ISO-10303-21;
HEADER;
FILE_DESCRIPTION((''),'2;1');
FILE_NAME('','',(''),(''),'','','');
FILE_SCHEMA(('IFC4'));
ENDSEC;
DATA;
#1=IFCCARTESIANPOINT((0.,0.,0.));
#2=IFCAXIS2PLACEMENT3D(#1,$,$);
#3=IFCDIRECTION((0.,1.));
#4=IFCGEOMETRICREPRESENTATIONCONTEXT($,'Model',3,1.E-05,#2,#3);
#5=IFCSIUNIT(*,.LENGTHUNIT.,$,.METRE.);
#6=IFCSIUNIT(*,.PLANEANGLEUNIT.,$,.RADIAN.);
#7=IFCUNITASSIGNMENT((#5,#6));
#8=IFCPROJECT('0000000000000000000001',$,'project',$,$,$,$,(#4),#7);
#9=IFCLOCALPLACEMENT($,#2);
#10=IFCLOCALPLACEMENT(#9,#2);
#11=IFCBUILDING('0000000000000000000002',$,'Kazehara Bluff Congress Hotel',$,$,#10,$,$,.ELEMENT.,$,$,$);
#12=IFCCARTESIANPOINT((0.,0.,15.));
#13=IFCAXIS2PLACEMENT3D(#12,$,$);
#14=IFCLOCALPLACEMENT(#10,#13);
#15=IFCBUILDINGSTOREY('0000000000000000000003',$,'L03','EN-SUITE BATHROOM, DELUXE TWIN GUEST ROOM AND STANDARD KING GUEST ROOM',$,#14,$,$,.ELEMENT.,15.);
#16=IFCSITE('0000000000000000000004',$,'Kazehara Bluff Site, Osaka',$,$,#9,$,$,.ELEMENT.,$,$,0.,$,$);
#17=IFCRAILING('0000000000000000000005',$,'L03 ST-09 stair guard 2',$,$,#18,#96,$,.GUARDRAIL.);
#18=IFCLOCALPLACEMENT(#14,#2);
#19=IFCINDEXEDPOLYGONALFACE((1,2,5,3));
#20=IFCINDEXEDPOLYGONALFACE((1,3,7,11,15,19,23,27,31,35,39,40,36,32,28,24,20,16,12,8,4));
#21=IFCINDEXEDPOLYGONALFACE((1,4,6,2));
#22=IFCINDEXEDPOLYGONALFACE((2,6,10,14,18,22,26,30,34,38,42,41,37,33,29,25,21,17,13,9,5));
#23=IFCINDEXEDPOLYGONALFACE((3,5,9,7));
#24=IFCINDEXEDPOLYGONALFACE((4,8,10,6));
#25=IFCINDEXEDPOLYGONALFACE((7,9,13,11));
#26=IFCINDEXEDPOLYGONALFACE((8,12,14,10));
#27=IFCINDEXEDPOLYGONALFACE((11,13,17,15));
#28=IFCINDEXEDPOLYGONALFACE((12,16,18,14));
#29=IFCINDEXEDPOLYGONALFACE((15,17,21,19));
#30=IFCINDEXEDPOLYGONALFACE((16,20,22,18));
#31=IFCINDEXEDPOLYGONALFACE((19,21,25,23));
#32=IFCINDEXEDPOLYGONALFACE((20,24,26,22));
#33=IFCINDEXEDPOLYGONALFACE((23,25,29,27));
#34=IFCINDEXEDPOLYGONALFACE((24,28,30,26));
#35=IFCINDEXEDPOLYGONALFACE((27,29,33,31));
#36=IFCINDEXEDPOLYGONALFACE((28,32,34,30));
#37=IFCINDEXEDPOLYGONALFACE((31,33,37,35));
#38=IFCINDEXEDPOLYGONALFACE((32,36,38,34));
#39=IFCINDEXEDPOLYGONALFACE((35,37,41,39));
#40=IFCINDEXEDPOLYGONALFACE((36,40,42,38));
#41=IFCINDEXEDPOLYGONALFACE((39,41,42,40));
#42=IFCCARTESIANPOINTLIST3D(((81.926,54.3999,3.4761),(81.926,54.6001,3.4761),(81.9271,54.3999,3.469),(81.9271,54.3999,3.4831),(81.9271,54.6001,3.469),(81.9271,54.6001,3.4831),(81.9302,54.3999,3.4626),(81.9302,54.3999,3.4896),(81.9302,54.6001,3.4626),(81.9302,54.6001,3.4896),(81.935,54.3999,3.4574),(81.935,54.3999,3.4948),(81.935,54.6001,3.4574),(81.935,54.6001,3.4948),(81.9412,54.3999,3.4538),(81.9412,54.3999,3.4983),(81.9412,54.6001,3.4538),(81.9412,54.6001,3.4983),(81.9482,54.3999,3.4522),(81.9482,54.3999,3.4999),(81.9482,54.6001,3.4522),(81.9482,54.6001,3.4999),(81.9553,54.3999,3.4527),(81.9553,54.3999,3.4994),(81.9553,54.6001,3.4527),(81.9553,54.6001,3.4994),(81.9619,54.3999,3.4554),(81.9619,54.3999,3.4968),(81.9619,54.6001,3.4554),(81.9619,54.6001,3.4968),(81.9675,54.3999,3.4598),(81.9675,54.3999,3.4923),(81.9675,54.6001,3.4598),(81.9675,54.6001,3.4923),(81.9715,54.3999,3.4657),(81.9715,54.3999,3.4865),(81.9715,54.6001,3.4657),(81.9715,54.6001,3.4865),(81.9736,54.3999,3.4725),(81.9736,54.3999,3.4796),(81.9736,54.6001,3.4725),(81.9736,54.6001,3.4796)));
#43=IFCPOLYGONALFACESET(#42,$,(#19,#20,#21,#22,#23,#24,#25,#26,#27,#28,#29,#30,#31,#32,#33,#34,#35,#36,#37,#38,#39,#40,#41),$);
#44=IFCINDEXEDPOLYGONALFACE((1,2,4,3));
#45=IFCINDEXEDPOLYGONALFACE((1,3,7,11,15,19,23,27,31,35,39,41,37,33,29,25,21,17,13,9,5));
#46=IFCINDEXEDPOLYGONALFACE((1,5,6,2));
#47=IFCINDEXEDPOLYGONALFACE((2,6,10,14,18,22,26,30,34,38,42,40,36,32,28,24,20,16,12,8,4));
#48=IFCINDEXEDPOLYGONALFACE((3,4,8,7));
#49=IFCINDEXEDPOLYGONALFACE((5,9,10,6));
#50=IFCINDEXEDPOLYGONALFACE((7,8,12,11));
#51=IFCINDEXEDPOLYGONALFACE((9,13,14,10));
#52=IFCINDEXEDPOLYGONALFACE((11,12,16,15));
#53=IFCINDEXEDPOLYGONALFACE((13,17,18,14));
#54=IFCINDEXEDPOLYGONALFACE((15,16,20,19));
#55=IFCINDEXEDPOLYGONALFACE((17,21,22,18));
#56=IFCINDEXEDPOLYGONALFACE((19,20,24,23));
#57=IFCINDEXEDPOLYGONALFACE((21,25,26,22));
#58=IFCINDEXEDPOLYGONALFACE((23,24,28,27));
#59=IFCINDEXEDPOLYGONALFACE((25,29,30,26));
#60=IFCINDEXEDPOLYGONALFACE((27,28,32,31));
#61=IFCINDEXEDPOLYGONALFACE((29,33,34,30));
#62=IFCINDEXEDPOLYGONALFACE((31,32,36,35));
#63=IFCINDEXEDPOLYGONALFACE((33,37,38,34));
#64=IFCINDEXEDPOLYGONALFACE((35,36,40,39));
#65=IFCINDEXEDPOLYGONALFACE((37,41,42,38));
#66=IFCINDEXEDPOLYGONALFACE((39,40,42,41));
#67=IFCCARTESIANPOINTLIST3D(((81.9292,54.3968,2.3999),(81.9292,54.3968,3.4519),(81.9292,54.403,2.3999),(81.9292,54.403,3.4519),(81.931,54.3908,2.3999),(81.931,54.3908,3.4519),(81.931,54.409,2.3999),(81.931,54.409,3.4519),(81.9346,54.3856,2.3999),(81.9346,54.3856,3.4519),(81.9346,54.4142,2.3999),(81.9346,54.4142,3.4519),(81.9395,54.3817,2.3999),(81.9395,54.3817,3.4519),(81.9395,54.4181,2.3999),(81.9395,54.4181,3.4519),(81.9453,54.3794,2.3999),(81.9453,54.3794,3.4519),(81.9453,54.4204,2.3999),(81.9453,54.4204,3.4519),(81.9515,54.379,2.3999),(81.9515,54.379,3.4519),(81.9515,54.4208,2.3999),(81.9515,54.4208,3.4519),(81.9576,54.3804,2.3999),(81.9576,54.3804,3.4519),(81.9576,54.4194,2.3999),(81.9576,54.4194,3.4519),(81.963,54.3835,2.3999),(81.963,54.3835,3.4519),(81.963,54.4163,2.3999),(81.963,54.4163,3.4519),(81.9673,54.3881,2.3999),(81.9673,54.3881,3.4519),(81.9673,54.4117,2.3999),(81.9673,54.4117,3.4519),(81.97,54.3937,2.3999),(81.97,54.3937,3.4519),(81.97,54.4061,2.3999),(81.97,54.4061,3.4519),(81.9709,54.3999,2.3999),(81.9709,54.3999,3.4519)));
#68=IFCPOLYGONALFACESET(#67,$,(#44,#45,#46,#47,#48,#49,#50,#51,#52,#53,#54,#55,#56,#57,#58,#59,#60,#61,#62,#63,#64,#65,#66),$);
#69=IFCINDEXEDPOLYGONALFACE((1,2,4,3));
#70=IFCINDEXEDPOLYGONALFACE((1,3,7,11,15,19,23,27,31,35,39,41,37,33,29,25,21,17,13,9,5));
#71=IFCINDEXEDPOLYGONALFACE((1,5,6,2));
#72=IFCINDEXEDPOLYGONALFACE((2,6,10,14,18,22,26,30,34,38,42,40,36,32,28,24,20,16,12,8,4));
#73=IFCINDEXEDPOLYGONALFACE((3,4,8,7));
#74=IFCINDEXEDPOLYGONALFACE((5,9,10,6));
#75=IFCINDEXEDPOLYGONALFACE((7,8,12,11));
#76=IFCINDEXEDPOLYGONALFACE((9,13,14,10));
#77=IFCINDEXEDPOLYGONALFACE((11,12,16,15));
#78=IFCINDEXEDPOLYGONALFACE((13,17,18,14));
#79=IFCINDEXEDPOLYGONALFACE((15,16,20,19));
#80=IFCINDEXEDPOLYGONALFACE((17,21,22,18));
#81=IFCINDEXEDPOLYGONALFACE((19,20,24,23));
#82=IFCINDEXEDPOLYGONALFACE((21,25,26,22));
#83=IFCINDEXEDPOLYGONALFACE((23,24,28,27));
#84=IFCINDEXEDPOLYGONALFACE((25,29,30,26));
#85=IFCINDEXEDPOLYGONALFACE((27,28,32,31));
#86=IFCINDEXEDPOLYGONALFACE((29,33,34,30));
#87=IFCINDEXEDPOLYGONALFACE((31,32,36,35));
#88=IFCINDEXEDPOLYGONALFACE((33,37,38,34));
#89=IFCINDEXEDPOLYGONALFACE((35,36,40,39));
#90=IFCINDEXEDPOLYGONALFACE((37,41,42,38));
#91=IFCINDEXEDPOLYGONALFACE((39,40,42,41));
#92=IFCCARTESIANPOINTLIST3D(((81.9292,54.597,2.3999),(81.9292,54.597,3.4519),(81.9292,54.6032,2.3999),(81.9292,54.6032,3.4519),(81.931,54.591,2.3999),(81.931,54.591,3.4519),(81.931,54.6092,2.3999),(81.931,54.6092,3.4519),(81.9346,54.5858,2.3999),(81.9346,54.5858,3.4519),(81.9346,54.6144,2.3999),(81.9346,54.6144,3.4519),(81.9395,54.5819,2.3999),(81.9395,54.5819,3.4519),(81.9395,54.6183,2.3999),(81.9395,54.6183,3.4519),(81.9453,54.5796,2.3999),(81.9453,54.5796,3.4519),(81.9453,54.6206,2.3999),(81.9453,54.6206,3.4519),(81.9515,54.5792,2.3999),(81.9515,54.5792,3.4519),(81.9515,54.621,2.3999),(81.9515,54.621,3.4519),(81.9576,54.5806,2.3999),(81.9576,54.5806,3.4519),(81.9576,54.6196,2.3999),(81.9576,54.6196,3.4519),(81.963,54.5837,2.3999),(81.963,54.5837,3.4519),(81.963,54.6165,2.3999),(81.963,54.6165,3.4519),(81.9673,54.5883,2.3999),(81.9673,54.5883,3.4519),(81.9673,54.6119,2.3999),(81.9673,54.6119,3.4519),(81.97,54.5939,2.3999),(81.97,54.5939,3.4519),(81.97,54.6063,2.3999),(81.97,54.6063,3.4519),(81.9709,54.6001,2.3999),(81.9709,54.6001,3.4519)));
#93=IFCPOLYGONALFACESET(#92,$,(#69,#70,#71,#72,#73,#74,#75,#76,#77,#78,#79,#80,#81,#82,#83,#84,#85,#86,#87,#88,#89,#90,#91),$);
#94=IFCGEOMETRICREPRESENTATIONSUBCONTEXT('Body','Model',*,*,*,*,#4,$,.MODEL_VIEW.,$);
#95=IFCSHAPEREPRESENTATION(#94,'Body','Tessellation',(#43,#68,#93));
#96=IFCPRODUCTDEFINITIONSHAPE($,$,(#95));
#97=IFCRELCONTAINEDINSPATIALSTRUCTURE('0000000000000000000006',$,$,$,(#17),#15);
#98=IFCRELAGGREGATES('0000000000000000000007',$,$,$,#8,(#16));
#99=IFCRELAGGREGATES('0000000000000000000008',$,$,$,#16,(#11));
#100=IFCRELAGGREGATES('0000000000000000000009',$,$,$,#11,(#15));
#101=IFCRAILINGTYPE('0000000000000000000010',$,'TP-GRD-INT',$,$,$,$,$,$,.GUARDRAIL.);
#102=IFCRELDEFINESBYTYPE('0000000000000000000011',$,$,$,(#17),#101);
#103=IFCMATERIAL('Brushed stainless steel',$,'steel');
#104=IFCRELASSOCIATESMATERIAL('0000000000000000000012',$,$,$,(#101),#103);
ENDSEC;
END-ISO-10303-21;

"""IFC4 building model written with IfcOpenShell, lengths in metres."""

from ifc_helpers import new_model, si_unit, direction, frame, origin, origin_2d, place, context, subcontext, project, spatial, circle, extrude, material, type_object, element, save


model = new_model("IFC4")

# Units and contexts
model_context = context("Model", 3, precision=1e-05, world=origin(), true_north=direction((0.0, 1.0)))
body_context = subcontext(model_context, "Body", "Model", "MODEL_VIEW")
ifc_project = project(units=[si_unit("LENGTHUNIT", "METRE"), si_unit("PLANEANGLEUNIT", "RADIAN")], contexts=[model_context])

# Site, building, storey
site_placement = place(None, origin())
site = spatial("IfcSite", under=ifc_project, at=site_placement, Name="Kazehara Bluff Site, Osaka", CompositionType="ELEMENT", RefElevation=0.0)
building_placement = place(site_placement, origin())
building = spatial("IfcBuilding", under=site, at=building_placement, Name="Kazehara Bluff Congress Hotel", CompositionType="ELEMENT")
storey_placement = place(building_placement, frame((0.0, 0.0, 15.0)))
storey = spatial("IfcBuildingStorey", under=building, at=storey_placement, Name="L03", Description="EN-SUITE BATHROOM, DELUXE TWIN GUEST ROOM AND STANDARD KING GUEST ROOM", CompositionType="ELEMENT", Elevation=15.0)

# Railing
ifc_material_1 = material(Name="Brushed stainless steel", Category="steel")
railing_type_1 = type_object("IfcRailingType", Name="TP-GRD-INT", PredefinedType="GUARDRAIL", material=ifc_material_1)
railing_1_placement = place(storey_placement, frame((81.95, 54.3999, 2.3999)))
element("IfcRailing", 1, at=railing_1_placement, inside=storey, type_object=railing_type_1, Name="L03 ST-09 stair guard 2", PredefinedType="GUARDRAIL", context=body_context, shape_type="SweptSolid", body=[
    extrude(circle(Radius=0.0239, at=origin_2d()), frame((0.0, 0.0, 1.0762), z_axis=(0.0, 1.0, 0.0), x_axis=(-1.0, 0.0, 0.0)), (0.0, 0.0, 1.0), 0.2002),
    extrude(circle(Radius=0.021, at=origin_2d()), origin(), (0.0, 0.0, 1.0), 1.052),
    extrude(circle(Radius=0.021, at=origin_2d()), frame((0.0, 0.2002, 0.0)), (0.0, 0.0, 1.0), 1.052),
])

save(model, "model.ifc")
